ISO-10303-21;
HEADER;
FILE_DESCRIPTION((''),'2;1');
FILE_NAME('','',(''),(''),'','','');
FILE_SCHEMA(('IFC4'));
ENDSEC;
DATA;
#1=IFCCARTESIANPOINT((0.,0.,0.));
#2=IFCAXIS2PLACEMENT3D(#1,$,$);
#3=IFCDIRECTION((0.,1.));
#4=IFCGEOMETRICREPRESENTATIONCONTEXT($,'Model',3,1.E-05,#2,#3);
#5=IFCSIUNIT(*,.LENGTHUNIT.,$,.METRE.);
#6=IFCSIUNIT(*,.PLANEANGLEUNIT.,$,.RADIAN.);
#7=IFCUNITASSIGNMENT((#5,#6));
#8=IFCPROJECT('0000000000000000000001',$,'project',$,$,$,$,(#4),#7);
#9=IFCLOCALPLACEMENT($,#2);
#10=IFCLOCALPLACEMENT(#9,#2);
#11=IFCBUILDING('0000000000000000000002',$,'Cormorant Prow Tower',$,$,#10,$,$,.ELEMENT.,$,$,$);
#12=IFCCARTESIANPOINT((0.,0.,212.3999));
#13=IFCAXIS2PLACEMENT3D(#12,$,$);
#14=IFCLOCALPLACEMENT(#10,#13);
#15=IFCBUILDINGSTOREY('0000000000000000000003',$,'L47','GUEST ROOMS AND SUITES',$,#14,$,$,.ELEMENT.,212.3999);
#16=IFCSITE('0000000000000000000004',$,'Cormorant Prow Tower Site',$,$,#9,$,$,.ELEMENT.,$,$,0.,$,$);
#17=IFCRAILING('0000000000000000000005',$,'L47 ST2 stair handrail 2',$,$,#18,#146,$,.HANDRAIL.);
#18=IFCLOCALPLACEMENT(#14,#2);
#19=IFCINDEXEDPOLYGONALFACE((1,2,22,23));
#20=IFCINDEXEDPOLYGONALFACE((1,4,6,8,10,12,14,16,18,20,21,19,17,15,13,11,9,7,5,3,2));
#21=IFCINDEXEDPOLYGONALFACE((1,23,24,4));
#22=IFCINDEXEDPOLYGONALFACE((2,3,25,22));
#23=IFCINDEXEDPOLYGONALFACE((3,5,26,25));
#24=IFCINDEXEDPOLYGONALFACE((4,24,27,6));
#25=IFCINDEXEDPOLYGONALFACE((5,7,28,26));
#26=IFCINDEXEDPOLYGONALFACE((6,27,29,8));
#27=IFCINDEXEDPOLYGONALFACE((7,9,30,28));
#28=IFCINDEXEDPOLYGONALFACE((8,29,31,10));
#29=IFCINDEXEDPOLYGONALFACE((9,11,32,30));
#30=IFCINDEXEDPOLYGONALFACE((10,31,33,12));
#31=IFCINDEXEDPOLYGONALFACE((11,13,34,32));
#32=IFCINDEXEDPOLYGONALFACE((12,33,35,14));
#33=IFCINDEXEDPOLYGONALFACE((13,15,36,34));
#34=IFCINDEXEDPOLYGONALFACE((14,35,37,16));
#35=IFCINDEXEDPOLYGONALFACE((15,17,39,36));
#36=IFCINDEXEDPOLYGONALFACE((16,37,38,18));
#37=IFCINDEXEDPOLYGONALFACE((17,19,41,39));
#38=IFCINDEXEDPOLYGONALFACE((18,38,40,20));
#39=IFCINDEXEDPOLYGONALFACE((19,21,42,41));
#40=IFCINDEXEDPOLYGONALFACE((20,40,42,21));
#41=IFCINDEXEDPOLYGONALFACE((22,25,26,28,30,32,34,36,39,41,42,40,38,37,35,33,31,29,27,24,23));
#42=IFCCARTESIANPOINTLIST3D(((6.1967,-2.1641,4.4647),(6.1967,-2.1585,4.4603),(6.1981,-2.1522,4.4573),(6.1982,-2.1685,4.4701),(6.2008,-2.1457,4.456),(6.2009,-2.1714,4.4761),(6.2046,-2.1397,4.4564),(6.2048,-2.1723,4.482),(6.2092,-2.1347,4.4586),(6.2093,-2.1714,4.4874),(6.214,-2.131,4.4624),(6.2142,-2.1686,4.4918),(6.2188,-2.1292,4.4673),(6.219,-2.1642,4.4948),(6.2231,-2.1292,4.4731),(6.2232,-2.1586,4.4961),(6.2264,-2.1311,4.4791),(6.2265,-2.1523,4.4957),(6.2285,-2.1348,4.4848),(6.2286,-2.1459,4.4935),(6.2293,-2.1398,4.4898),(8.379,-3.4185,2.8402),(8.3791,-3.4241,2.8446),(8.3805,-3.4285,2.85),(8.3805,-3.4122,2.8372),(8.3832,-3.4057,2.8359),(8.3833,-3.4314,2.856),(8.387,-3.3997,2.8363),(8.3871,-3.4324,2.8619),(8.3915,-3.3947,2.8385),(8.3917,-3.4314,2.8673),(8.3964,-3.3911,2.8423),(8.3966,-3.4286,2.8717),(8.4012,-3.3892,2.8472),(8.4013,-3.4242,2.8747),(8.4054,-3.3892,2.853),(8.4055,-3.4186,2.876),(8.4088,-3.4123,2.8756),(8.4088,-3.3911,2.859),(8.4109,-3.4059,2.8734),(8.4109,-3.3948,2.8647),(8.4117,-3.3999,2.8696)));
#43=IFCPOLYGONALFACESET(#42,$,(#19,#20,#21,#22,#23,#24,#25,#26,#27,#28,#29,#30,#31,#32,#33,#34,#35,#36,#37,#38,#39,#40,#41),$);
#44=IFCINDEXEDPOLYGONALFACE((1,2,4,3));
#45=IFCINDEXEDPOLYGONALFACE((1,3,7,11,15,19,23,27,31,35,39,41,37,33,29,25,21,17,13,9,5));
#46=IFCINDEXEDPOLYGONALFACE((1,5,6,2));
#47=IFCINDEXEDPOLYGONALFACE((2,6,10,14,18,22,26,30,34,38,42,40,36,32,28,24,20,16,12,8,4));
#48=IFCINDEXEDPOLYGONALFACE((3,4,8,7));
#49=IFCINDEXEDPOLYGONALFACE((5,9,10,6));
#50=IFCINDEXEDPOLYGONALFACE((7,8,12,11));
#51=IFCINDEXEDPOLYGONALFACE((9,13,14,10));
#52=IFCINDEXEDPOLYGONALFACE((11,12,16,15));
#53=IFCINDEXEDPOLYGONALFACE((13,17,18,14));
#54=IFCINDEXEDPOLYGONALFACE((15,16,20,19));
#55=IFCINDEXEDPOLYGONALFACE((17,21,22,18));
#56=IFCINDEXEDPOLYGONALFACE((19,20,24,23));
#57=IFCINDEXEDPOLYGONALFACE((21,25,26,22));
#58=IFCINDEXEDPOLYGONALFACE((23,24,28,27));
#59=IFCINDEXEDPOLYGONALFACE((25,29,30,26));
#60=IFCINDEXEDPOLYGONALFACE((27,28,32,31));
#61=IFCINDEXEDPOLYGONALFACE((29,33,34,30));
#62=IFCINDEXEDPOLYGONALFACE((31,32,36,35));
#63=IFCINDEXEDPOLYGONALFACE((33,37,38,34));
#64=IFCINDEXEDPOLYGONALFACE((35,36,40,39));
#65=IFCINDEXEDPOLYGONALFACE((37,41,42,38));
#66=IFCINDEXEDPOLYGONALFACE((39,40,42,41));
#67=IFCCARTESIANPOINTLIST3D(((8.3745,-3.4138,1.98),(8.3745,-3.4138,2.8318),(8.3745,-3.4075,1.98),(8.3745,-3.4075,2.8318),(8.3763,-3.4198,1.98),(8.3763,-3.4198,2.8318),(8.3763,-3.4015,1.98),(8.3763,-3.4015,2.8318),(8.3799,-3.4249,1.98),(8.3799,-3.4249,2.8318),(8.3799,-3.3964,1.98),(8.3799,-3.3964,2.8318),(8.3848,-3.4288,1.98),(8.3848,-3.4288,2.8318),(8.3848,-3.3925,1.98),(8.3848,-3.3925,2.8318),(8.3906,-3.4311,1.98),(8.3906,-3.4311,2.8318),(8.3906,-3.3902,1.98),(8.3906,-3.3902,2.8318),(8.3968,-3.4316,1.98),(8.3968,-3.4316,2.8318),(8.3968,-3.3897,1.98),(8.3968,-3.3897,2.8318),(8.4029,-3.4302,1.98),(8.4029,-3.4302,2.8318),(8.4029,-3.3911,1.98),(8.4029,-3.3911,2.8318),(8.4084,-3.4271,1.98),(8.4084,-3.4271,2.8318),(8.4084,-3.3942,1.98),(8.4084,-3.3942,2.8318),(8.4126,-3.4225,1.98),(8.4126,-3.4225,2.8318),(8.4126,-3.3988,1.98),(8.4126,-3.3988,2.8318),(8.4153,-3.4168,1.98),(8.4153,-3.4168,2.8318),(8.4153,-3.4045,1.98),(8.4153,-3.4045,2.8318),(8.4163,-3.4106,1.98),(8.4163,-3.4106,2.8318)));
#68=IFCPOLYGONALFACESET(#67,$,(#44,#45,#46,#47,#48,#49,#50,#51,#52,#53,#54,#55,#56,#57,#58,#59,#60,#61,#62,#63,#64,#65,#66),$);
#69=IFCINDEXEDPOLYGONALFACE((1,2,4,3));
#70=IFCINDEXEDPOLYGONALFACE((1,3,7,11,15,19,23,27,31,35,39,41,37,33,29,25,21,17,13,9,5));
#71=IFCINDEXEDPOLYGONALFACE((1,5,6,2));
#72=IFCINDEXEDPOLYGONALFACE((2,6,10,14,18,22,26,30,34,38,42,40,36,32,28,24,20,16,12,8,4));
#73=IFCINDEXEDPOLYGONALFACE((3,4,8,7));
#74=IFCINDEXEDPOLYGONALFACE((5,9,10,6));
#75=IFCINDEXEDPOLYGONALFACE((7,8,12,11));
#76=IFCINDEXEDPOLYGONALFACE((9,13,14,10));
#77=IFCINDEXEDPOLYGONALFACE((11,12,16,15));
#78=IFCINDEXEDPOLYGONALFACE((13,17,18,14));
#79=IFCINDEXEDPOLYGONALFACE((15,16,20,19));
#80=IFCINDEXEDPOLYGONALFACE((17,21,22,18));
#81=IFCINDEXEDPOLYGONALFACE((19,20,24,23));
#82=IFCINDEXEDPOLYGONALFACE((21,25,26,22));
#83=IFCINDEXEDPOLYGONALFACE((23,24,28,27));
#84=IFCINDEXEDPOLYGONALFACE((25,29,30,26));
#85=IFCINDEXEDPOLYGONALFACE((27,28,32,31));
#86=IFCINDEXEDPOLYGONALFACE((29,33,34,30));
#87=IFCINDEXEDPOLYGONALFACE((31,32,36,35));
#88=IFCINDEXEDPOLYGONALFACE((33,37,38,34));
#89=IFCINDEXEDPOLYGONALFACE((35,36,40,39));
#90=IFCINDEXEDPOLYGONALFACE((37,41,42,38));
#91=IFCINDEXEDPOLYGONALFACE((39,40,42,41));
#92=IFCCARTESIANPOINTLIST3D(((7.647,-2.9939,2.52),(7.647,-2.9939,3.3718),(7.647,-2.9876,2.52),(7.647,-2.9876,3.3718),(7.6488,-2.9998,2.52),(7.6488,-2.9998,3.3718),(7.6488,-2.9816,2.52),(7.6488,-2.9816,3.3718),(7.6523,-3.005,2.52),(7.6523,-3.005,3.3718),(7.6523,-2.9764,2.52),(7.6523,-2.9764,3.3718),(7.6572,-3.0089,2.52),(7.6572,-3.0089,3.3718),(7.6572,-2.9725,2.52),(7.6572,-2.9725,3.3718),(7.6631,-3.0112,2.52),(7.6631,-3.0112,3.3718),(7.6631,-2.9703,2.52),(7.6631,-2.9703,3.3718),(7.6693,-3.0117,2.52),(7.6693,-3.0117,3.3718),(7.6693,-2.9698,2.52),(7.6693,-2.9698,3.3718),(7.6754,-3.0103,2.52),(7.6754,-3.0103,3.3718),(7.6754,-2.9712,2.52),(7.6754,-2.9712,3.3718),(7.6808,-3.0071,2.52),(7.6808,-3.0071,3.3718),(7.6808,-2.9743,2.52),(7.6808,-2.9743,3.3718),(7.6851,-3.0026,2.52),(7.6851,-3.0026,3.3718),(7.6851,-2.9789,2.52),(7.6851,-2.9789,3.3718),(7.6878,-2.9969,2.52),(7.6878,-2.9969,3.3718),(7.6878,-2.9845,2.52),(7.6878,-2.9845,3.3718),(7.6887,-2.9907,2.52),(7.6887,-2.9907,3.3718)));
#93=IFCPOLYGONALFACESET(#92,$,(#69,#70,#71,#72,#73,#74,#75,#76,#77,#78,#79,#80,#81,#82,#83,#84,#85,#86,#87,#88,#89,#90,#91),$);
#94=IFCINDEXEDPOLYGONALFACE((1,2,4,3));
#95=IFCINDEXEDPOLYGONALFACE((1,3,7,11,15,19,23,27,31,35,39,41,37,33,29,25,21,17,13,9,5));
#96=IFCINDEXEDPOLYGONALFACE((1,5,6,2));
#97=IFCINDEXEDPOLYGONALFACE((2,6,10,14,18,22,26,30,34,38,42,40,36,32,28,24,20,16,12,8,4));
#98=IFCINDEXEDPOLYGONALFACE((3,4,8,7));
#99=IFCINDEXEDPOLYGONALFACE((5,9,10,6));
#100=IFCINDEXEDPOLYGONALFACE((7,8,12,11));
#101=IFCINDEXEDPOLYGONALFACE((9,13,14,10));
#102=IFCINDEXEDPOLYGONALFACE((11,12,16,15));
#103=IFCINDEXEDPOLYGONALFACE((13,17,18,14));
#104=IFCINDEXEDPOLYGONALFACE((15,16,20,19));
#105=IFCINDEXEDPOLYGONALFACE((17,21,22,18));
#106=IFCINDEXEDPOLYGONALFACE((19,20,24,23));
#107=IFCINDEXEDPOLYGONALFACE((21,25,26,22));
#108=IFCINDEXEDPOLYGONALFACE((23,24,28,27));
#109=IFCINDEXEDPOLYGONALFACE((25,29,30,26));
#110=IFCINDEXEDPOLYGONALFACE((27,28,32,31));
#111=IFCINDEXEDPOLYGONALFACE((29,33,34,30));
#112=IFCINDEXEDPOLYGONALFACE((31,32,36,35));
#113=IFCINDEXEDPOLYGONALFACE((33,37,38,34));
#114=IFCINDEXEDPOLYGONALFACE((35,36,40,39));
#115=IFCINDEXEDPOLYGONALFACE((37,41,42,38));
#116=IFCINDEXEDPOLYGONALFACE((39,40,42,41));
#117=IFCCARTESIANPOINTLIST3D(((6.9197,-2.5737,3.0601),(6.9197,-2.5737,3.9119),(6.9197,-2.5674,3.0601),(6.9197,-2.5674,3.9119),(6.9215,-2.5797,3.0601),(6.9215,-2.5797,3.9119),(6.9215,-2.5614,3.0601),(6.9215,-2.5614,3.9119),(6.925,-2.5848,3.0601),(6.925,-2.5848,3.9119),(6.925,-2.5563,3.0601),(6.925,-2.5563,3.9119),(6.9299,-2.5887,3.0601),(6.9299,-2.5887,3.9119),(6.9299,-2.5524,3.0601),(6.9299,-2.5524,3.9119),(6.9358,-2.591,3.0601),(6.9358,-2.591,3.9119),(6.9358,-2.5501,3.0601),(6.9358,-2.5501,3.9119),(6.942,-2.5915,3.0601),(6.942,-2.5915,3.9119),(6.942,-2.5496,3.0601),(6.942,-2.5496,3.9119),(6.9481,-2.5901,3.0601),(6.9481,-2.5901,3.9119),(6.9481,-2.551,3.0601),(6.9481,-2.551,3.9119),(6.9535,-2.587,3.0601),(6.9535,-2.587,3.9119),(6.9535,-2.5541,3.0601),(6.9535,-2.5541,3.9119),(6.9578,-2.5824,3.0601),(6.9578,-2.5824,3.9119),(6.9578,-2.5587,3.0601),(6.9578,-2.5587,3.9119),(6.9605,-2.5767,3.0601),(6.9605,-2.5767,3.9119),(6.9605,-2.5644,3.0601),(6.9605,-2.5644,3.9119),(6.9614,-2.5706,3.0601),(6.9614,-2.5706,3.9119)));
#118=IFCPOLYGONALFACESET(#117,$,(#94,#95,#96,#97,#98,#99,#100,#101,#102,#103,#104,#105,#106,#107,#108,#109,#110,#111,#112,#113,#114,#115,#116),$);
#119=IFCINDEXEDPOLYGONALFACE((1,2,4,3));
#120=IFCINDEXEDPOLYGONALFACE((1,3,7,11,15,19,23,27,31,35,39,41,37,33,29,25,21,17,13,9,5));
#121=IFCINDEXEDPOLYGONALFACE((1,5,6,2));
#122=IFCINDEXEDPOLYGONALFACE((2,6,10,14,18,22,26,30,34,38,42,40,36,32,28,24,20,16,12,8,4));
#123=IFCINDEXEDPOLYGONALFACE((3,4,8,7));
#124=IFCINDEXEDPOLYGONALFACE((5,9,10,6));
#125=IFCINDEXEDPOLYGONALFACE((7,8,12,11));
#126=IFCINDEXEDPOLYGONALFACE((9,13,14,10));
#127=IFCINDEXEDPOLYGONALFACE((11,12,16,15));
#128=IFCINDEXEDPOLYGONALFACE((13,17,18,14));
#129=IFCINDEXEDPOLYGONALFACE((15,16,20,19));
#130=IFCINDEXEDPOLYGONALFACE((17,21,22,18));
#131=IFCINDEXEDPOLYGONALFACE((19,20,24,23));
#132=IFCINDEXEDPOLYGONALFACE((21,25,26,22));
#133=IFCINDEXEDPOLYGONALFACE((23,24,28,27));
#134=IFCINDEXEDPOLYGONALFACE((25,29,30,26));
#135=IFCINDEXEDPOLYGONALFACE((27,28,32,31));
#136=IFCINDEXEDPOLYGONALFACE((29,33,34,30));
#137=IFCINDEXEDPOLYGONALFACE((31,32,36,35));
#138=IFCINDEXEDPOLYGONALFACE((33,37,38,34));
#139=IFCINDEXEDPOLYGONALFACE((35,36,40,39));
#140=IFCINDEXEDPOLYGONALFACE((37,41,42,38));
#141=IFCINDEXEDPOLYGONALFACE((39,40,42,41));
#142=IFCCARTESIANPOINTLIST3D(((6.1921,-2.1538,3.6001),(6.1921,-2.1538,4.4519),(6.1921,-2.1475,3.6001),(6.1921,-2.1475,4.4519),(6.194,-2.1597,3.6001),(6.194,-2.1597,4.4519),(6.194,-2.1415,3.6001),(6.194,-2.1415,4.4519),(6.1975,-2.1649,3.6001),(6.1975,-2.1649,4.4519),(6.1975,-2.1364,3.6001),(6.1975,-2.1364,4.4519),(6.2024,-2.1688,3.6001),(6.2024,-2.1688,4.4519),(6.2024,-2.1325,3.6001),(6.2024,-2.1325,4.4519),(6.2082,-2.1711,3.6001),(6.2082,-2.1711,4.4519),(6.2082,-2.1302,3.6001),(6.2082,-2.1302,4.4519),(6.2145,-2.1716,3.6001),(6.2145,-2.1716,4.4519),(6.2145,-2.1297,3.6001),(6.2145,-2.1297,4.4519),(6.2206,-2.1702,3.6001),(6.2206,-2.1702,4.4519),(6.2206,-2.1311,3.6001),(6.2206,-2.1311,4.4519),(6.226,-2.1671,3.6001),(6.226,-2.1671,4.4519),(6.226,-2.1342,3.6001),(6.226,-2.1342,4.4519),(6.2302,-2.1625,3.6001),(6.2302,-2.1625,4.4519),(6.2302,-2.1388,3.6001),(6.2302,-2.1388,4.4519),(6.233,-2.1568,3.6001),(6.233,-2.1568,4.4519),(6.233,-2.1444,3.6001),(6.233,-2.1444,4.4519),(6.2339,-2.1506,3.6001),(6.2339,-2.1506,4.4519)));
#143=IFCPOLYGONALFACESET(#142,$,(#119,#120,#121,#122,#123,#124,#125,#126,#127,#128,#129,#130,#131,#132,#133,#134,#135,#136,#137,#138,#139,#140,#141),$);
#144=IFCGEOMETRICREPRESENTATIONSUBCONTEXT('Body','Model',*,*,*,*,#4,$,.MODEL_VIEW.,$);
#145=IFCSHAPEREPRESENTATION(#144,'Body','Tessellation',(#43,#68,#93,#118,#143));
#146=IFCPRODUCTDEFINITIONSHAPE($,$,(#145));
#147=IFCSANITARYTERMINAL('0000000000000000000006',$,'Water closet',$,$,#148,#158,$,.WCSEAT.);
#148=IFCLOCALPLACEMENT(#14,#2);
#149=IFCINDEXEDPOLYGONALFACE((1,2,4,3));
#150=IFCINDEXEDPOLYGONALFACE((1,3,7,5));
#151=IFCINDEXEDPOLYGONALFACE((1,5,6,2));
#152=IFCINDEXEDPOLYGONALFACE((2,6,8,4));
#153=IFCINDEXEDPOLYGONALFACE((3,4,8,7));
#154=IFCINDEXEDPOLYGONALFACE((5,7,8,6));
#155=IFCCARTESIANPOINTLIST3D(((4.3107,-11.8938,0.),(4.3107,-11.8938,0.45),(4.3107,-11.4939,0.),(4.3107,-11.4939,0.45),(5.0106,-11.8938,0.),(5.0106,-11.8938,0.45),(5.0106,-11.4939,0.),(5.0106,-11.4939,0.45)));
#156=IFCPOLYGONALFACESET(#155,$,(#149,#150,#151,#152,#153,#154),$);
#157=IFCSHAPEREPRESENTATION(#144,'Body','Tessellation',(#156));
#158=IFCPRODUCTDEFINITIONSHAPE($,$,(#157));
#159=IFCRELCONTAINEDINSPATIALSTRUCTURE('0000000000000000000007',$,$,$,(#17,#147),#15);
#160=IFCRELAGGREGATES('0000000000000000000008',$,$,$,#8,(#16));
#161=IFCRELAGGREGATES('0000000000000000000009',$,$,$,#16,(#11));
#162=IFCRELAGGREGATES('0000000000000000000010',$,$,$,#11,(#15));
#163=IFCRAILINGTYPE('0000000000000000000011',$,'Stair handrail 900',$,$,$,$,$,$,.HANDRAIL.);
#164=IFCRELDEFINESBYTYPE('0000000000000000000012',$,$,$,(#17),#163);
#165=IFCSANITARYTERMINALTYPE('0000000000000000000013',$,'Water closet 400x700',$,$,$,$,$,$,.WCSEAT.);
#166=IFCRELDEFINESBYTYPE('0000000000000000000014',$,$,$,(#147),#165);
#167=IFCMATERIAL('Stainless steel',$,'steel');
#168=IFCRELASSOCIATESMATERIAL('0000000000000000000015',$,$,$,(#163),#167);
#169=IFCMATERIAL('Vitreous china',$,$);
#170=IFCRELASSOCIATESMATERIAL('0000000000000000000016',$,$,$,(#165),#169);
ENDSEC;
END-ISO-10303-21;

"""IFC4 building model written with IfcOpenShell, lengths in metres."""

from ifc_helpers import new_model, si_unit, direction, frame, origin, origin_2d, place, context, subcontext, project, spatial, rectangle, circle, extrude, material, type_object, element, save


model = new_model("IFC4")

# Units and contexts
model_context = context("Model", 3, precision=1e-05, world=origin(), true_north=direction((0.0, 1.0)))
body_context = subcontext(model_context, "Body", "Model", "MODEL_VIEW")
ifc_project = project(units=[si_unit("LENGTHUNIT", "METRE"), si_unit("PLANEANGLEUNIT", "RADIAN")], contexts=[model_context])

# Site, building, storey
site_placement = place(None, origin())
site = spatial("IfcSite", under=ifc_project, at=site_placement, Name="Cormorant Prow Tower Site", CompositionType="ELEMENT", RefElevation=0.0)
building_placement = place(site_placement, origin())
building = spatial("IfcBuilding", under=site, at=building_placement, Name="Cormorant Prow Tower", CompositionType="ELEMENT")
storey_placement = place(building_placement, frame((0.0, 0.0, 212.3999)))
storey = spatial("IfcBuildingStorey", under=building, at=storey_placement, Name="L47", Description="GUEST ROOMS AND SUITES", CompositionType="ELEMENT", Elevation=212.3999)

# Railing
ifc_material_1 = material(Name="Stainless steel", Category="steel")
railing_type_1 = type_object("IfcRailingType", Name="Stair handrail 900", PredefinedType="HANDRAIL", material=ifc_material_1)
railing_1_placement = place(storey_placement, frame((8.3953, -3.4106, 1.98)))
element("IfcRailing", 1, at=railing_1_placement, inside=storey, type_object=railing_type_1, Name="L47 ST2 stair handrail 2", PredefinedType="HANDRAIL", context=body_context, shape_type="SweptSolid", body=[
    extrude(circle(Radius=0.0239, at=origin_2d()), frame((0.0, 0.0, 0.876), z_axis=(-0.728464, 0.420584, 0.540786), x_axis=(-0.500005, -0.866023, 0.0)), (0.0, 0.0, 1.0), 2.9958),
    extrude(circle(Radius=0.021, at=origin_2d()), origin(), (0.0, 0.0, 1.0), 0.8518),
    extrude(circle(Radius=0.021, at=origin_2d()), frame((-0.7275, 0.4199, 0.54)), (0.0, 0.0, 1.0), 0.8518),
    extrude(circle(Radius=0.021, at=origin_2d()), frame((-1.4548, 0.8401, 1.0801)), (0.0, 0.0, 1.0), 0.8518),
    extrude(circle(Radius=0.021, at=origin_2d()), frame((-2.1824, 1.26, 1.6201)), (0.0, 0.0, 1.0), 0.8518),
])

# Sanitary terminal
ifc_material_2 = material(Name="Vitreous china")
sanitary_terminal_type = type_object("IfcSanitaryTerminalType", Name="Water closet 400x700", PredefinedType="WCSEAT", material=ifc_material_2)
sanitary_terminal_placement = place(storey_placement, frame((4.6606, -11.6938, 0.0), z_axis=(0.0, 0.0, 1.0), x_axis=(0.0, -1.0, 0.0)))
element("IfcSanitaryTerminal", 2, at=sanitary_terminal_placement, inside=storey, type_object=sanitary_terminal_type, Name="Water closet", PredefinedType="WCSEAT", context=body_context, shape_type="SweptSolid", body=[
    extrude(rectangle(XDim=0.3999, YDim=0.7, at=origin_2d()), origin(), (0.0, 0.0, 1.0), 0.45),
])

save(model, "model.ifc")
